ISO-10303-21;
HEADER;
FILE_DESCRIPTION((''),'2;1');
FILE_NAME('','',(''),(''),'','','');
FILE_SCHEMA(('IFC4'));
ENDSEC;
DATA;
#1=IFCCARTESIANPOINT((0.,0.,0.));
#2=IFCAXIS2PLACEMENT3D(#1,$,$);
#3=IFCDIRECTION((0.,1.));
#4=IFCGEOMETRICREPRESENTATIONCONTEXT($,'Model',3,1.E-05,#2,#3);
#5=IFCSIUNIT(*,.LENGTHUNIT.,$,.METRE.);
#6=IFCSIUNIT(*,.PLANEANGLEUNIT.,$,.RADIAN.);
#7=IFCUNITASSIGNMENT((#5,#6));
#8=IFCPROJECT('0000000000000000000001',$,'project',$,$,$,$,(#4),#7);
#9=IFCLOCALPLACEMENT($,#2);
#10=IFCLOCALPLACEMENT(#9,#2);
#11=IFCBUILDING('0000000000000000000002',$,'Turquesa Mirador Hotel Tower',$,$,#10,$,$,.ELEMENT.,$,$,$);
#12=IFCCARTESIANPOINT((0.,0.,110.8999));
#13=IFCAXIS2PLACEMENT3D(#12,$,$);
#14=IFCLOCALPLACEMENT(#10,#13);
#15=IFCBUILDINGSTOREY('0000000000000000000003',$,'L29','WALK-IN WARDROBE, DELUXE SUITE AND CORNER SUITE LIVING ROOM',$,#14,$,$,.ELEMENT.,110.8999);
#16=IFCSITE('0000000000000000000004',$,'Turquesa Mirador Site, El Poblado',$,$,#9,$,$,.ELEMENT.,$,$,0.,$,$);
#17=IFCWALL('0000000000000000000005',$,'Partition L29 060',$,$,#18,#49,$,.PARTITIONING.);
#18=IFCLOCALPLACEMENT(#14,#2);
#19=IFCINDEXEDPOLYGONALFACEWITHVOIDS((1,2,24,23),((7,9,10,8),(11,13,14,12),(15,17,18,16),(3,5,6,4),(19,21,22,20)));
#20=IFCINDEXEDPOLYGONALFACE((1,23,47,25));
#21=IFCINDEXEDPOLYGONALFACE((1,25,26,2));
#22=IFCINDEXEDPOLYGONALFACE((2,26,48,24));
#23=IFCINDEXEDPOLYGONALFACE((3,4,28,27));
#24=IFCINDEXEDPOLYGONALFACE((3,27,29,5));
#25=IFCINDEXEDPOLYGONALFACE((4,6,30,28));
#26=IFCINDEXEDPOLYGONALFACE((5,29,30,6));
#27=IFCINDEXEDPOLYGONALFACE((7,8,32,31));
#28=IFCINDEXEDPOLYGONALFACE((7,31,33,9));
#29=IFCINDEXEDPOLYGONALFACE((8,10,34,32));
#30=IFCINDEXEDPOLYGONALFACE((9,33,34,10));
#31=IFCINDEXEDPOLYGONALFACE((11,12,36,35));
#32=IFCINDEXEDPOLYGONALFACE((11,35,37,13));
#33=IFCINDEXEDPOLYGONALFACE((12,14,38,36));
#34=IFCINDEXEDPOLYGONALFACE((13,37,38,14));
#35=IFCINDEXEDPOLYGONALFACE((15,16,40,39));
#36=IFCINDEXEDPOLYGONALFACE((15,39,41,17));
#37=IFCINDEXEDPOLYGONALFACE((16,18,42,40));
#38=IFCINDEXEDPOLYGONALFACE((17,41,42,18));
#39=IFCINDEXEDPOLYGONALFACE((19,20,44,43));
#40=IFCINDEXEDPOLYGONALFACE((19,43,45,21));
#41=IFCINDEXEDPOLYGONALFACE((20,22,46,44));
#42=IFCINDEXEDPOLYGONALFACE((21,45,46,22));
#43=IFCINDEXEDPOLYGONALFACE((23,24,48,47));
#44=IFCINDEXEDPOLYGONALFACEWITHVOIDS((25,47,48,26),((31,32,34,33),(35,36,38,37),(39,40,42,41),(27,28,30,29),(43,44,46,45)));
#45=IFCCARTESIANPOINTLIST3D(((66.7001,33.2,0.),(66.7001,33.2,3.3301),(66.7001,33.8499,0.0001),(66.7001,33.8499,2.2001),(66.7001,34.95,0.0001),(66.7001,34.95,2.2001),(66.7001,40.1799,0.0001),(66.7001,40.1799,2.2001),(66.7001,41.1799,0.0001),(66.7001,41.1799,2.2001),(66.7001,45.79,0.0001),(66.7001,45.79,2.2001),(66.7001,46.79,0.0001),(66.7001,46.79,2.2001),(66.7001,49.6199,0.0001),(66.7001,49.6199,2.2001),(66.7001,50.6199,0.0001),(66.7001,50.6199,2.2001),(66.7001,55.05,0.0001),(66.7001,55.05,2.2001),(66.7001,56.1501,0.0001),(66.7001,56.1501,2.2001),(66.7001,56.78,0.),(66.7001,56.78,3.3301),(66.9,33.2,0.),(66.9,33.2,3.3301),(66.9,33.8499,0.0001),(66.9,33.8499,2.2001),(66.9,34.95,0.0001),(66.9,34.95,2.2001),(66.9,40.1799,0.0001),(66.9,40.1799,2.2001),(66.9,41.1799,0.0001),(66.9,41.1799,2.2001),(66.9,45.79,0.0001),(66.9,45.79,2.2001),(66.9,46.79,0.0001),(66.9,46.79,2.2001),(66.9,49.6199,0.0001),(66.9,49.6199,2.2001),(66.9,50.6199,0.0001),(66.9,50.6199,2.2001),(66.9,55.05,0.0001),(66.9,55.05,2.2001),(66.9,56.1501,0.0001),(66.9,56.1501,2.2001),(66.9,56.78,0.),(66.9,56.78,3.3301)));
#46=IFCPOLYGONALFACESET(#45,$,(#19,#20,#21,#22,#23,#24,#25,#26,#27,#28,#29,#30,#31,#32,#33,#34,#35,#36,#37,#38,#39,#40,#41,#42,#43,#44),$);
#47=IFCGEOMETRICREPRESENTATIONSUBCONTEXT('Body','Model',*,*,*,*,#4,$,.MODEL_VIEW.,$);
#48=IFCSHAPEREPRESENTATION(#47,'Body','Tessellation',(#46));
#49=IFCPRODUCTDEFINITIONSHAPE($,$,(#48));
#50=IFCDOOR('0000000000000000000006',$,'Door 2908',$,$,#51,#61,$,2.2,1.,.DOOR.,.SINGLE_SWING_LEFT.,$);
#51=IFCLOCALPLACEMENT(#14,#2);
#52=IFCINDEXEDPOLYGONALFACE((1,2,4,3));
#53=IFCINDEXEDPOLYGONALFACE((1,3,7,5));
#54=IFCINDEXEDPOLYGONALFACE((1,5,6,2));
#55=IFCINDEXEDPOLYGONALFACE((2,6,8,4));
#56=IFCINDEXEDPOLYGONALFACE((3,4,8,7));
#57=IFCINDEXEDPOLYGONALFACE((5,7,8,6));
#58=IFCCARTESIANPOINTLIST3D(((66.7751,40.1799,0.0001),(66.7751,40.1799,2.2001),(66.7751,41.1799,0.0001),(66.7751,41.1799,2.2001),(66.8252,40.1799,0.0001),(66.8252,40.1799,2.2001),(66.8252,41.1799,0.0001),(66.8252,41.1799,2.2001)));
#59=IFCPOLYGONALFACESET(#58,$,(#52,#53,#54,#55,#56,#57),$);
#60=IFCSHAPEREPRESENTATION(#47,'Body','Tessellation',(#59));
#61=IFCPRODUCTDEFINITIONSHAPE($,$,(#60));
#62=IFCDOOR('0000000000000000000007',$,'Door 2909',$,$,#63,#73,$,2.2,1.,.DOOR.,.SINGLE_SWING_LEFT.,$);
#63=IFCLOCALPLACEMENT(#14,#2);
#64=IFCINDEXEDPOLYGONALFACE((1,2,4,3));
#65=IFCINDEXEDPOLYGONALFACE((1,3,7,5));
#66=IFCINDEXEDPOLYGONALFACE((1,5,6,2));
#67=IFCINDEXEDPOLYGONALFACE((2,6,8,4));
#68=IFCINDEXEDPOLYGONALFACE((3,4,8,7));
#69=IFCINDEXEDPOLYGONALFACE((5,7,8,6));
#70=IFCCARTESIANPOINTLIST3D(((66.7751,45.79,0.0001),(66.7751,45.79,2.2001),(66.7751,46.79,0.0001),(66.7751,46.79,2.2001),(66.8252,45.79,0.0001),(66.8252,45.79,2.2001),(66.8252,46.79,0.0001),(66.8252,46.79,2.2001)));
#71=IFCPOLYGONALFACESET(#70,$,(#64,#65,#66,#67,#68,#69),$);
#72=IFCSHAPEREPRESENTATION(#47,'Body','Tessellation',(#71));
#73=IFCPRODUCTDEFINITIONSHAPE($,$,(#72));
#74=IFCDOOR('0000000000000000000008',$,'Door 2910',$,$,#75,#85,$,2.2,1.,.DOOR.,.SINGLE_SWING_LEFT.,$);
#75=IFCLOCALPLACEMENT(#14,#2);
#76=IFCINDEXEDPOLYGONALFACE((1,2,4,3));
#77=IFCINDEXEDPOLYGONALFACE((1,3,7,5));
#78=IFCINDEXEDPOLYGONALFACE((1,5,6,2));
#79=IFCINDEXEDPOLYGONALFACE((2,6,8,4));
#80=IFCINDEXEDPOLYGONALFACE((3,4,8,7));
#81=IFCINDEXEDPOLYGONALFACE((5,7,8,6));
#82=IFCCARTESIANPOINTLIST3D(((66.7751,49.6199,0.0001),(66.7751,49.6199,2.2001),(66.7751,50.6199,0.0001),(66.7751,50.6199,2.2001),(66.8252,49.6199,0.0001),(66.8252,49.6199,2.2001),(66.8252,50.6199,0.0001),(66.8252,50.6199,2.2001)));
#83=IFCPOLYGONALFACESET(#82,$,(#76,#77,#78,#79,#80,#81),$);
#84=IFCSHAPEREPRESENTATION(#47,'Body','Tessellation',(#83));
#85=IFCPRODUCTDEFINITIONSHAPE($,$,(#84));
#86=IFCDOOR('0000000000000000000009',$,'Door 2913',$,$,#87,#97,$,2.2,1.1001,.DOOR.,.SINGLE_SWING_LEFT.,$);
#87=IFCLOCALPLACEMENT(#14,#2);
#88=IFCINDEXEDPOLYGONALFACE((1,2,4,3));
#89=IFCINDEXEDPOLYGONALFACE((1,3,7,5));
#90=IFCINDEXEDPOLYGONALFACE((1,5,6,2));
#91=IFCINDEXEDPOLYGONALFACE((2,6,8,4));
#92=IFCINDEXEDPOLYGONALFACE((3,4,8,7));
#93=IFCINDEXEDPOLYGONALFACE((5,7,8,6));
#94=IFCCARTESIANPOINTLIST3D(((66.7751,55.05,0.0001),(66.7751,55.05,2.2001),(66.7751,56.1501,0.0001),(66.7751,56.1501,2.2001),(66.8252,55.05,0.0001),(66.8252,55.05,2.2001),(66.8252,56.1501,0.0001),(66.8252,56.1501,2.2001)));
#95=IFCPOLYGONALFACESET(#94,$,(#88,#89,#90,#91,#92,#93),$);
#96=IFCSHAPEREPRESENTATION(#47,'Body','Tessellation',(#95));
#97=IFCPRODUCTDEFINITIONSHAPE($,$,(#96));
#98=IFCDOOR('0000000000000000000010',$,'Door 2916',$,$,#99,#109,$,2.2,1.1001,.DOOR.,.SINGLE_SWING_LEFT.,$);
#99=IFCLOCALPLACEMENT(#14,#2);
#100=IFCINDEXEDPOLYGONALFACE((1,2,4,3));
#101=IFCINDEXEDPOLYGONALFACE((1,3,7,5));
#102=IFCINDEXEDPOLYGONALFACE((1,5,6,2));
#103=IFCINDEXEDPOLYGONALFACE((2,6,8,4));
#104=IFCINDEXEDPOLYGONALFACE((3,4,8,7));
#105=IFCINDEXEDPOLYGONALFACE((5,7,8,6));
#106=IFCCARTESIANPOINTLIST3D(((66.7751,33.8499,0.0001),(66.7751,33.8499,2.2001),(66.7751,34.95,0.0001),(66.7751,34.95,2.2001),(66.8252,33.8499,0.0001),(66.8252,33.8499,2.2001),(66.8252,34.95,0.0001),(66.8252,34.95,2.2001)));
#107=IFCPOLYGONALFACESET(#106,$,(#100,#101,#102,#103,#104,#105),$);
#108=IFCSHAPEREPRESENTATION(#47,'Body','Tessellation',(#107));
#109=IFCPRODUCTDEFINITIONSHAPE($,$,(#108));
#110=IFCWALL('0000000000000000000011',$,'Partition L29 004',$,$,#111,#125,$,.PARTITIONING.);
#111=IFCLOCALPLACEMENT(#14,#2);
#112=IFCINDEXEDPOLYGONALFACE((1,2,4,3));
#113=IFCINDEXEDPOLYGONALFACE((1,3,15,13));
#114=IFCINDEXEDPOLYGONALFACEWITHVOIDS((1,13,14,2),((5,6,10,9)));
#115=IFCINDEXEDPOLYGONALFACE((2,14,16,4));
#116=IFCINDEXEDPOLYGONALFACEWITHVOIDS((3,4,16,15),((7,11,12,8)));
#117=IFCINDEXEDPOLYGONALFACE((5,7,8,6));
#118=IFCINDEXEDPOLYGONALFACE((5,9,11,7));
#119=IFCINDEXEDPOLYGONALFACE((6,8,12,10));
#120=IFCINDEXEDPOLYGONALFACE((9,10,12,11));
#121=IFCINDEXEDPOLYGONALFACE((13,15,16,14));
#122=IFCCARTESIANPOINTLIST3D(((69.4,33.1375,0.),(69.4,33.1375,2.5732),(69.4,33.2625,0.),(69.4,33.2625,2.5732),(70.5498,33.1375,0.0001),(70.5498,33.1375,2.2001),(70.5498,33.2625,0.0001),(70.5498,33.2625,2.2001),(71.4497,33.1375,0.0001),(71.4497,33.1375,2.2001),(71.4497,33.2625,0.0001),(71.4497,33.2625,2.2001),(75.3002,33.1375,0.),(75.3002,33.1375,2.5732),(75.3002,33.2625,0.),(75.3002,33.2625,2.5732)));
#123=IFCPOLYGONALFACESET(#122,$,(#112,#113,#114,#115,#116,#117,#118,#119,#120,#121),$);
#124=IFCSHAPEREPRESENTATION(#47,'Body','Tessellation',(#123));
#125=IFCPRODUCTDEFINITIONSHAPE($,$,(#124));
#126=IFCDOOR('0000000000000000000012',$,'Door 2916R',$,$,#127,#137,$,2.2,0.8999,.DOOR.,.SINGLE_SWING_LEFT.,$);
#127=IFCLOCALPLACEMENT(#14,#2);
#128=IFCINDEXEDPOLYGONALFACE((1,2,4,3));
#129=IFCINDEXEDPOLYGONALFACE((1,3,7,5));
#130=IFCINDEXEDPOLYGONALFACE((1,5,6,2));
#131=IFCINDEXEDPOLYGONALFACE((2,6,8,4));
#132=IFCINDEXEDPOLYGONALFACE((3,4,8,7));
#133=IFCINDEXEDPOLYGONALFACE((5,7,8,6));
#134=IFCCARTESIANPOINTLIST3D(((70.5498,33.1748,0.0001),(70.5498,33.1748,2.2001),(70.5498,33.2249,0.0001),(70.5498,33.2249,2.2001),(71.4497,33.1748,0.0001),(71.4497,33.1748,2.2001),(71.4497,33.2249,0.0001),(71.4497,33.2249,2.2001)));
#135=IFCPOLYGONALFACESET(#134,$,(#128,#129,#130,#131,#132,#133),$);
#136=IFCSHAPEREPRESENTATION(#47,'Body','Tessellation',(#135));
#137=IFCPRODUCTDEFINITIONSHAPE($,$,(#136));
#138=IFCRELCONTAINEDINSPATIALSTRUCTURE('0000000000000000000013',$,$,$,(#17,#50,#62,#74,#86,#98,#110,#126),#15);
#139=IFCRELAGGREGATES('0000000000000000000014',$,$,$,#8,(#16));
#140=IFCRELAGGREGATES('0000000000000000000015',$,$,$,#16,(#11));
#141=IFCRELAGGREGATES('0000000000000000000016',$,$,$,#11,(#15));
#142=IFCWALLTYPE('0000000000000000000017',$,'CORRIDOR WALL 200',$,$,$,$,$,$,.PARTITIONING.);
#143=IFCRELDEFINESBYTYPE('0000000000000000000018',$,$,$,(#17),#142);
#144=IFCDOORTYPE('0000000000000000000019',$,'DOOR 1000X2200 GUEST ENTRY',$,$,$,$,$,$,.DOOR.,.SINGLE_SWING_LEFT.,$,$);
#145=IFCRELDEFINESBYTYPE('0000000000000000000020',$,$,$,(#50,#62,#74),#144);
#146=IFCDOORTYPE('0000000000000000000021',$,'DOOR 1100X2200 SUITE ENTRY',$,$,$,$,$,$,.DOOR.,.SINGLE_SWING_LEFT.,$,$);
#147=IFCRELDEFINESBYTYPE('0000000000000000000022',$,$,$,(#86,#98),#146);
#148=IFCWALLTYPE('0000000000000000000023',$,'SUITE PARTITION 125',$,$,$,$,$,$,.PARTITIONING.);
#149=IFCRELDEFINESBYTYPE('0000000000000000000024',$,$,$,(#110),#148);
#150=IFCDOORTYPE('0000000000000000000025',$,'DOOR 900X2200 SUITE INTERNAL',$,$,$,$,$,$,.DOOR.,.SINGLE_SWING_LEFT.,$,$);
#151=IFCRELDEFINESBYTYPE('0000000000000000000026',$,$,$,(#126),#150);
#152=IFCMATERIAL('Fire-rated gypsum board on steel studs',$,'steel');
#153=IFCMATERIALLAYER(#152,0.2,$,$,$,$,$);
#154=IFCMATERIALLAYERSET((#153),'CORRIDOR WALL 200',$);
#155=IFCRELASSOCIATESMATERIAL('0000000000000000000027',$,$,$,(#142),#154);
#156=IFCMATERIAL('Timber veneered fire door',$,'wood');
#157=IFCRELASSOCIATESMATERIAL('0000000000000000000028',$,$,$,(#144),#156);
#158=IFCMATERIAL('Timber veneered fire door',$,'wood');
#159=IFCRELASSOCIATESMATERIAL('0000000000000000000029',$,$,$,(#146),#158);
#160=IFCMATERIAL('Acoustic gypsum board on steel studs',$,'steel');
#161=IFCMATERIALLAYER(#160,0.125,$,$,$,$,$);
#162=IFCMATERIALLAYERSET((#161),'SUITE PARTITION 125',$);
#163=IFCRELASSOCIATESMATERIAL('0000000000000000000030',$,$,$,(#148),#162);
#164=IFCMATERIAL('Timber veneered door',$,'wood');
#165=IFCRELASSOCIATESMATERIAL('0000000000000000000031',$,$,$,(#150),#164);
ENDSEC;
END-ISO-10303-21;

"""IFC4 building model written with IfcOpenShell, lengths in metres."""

from ifc_helpers import new_model, si_unit, direction, frame, frame_2d, origin, place, context, subcontext, project, spatial, rectangle, extrude, material, layer, layer_set, type_object, element, fill, save


model = new_model("IFC4")

# Units and contexts
model_context = context("Model", 3, precision=1e-05, world=origin(), true_north=direction((0.0, 1.0)))
body_context = subcontext(model_context, "Body", "Model", "MODEL_VIEW")
ifc_project = project(units=[si_unit("LENGTHUNIT", "METRE"), si_unit("PLANEANGLEUNIT", "RADIAN")], contexts=[model_context])

# Site, building, storey
site_placement = place(None, origin())
site = spatial("IfcSite", under=ifc_project, at=site_placement, Name="Turquesa Mirador Site, El Poblado", CompositionType="ELEMENT", RefElevation=0.0)
building_placement = place(site_placement, origin())
building = spatial("IfcBuilding", under=site, at=building_placement, Name="Turquesa Mirador Hotel Tower", CompositionType="ELEMENT")
storey_placement = place(building_placement, frame((0.0, 0.0, 110.8999)))
storey = spatial("IfcBuildingStorey", under=building, at=storey_placement, Name="L29", Description="WALK-IN WARDROBE, DELUXE SUITE AND CORNER SUITE LIVING ROOM", CompositionType="ELEMENT", Elevation=110.8999)

# Wall, openings, doors
ifc_material_1 = material(Name="Fire-rated gypsum board on steel studs", Category="steel")
ifc_layer_1 = layer(ifc_material_1, 0.2)
ifc_layer_set_1 = layer_set([ifc_layer_1], Name="CORRIDOR WALL 200")
wall_type_1 = type_object("IfcWallType", Name="CORRIDOR WALL 200", PredefinedType="PARTITIONING", material=ifc_layer_set_1)
wall_1_placement = place(storey_placement, frame((66.8, 33.2, 0.0), z_axis=(0.0, 0.0, 1.0), x_axis=(0.0, 1.0, 0.0)))
wall_1 = element("IfcWall", 1, at=wall_1_placement, inside=storey, type_object=wall_type_1, Name="Partition L29 060", PredefinedType="PARTITIONING", context=body_context, shape_type="SweptSolid", body=[
    extrude(rectangle(XDim=23.5801, YDim=0.2, at=frame_2d((11.79, 0.0))), origin(), (0.0, 0.0, 1.0), 3.3301),
])
opening_1_placement = place(wall_1_placement, frame((6.98, 0.0, 0.0)))
opening_1 = element("IfcOpeningElement", 2, at=opening_1_placement, cuts=wall_1, PredefinedType="OPENING", context=body_context, shape_type="SweptSolid", body=[
    extrude(rectangle(XDim=1.0, YDim=2.2, at=frame_2d((0.5, 1.1001))), frame((0.0, 0.1099, 0.0), z_axis=(0.0, -1.0, 0.0), x_axis=(1.0, 0.0, 0.0)), (0.0, 0.0, 1.0), 0.22),
])
opening_2_placement = place(wall_1_placement, frame((12.5901, 0.0, 0.0)))
opening_2 = element("IfcOpeningElement", 3, at=opening_2_placement, cuts=wall_1, PredefinedType="OPENING", context=body_context, shape_type="SweptSolid", body=[
    extrude(rectangle(XDim=1.0, YDim=2.2, at=frame_2d((0.5, 1.1001))), frame((0.0, 0.1099, 0.0), z_axis=(0.0, -1.0, 0.0), x_axis=(1.0, 0.0, 0.0)), (0.0, 0.0, 1.0), 0.22),
])
opening_3_placement = place(wall_1_placement, frame((16.4199, 0.0, 0.0)))
opening_3 = element("IfcOpeningElement", 4, at=opening_3_placement, cuts=wall_1, PredefinedType="OPENING", context=body_context, shape_type="SweptSolid", body=[
    extrude(rectangle(XDim=1.0, YDim=2.2, at=frame_2d((0.5, 1.1001))), frame((0.0, 0.1099, 0.0), z_axis=(0.0, -1.0, 0.0), x_axis=(1.0, 0.0, 0.0)), (0.0, 0.0, 1.0), 0.22),
])
opening_4_placement = place(wall_1_placement, frame((21.8501, 0.0, 0.0)))
opening_4 = element("IfcOpeningElement", 5, at=opening_4_placement, cuts=wall_1, PredefinedType="OPENING", context=body_context, shape_type="SweptSolid", body=[
    extrude(rectangle(XDim=1.1001, YDim=2.2, at=frame_2d((0.55, 1.1001))), frame((0.0, 0.1099, 0.0), z_axis=(0.0, -1.0, 0.0), x_axis=(1.0, 0.0, 0.0)), (0.0, 0.0, 1.0), 0.22),
])
opening_5_placement = place(wall_1_placement, frame((0.6499, 0.0, 0.0)))
opening_5 = element("IfcOpeningElement", 6, at=opening_5_placement, cuts=wall_1, PredefinedType="OPENING", context=body_context, shape_type="SweptSolid", body=[
    extrude(rectangle(XDim=1.1001, YDim=2.2, at=frame_2d((0.55, 1.1001))), frame((0.0, 0.1099, 0.0), z_axis=(0.0, -1.0, 0.0), x_axis=(1.0, 0.0, 0.0)), (0.0, 0.0, 1.0), 0.22),
])
ifc_material_2 = material(Name="Timber veneered fire door", Category="wood")
door_type_1 = type_object("IfcDoorType", Name="DOOR 1000X2200 GUEST ENTRY", OperationType="SINGLE_SWING_LEFT", PredefinedType="DOOR", material=ifc_material_2)
door_1_placement = place(opening_1_placement, origin())
door_1 = element("IfcDoor", 7, at=door_1_placement, inside=storey, type_object=door_type_1, Name="Door 2908", OperationType="SINGLE_SWING_LEFT", OverallHeight=2.2, OverallWidth=1.0, PredefinedType="DOOR", context=body_context, shape_type="SweptSolid", body=[
    extrude(rectangle(XDim=1.0, YDim=2.2, at=frame_2d((0.5, 1.1001))), frame((0.0, 0.0249, 0.0), z_axis=(0.0, -1.0, 0.0), x_axis=(1.0, 0.0, 0.0)), (0.0, 0.0, 1.0), 0.05),
])
fill(opening_1, door_1)
door_2_placement = place(opening_2_placement, origin())
door_2 = element("IfcDoor", 8, at=door_2_placement, inside=storey, type_object=door_type_1, Name="Door 2909", OperationType="SINGLE_SWING_LEFT", OverallHeight=2.2, OverallWidth=1.0, PredefinedType="DOOR", context=body_context, shape_type="SweptSolid", body=[
    extrude(rectangle(XDim=1.0, YDim=2.2, at=frame_2d((0.5, 1.1001))), frame((0.0, 0.0249, 0.0), z_axis=(0.0, -1.0, 0.0), x_axis=(1.0, 0.0, 0.0)), (0.0, 0.0, 1.0), 0.05),
])
fill(opening_2, door_2)
door_3_placement = place(opening_3_placement, origin())
door_3 = element("IfcDoor", 9, at=door_3_placement, inside=storey, type_object=door_type_1, Name="Door 2910", OperationType="SINGLE_SWING_LEFT", OverallHeight=2.2, OverallWidth=1.0, PredefinedType="DOOR", context=body_context, shape_type="SweptSolid", body=[
    extrude(rectangle(XDim=1.0, YDim=2.2, at=frame_2d((0.5, 1.1001))), frame((0.0, 0.0249, 0.0), z_axis=(0.0, -1.0, 0.0), x_axis=(1.0, 0.0, 0.0)), (0.0, 0.0, 1.0), 0.05),
])
fill(opening_3, door_3)
ifc_material_3 = material(Name="Timber veneered fire door", Category="wood")
door_type_2 = type_object("IfcDoorType", Name="DOOR 1100X2200 SUITE ENTRY", OperationType="SINGLE_SWING_LEFT", PredefinedType="DOOR", material=ifc_material_3)
door_4_placement = place(opening_4_placement, origin())
door_4 = element("IfcDoor", 10, at=door_4_placement, inside=storey, type_object=door_type_2, Name="Door 2913", OperationType="SINGLE_SWING_LEFT", OverallHeight=2.2, OverallWidth=1.1001, PredefinedType="DOOR", context=body_context, shape_type="SweptSolid", body=[
    extrude(rectangle(XDim=1.1001, YDim=2.2, at=frame_2d((0.55, 1.1001))), frame((0.0, 0.0249, 0.0), z_axis=(0.0, -1.0, 0.0), x_axis=(1.0, 0.0, 0.0)), (0.0, 0.0, 1.0), 0.05),
])
fill(opening_4, door_4)
door_5_placement = place(opening_5_placement, origin())
door_5 = element("IfcDoor", 11, at=door_5_placement, inside=storey, type_object=door_type_2, Name="Door 2916", OperationType="SINGLE_SWING_LEFT", OverallHeight=2.2, OverallWidth=1.1001, PredefinedType="DOOR", context=body_context, shape_type="SweptSolid", body=[
    extrude(rectangle(XDim=1.1001, YDim=2.2, at=frame_2d((0.55, 1.1001))), frame((0.0, 0.0249, 0.0), z_axis=(0.0, -1.0, 0.0), x_axis=(1.0, 0.0, 0.0)), (0.0, 0.0, 1.0), 0.05),
])
fill(opening_5, door_5)

# Wall, opening, door
ifc_material_4 = material(Name="Acoustic gypsum board on steel studs", Category="steel")
ifc_layer_2 = layer(ifc_material_4, 0.125)
ifc_layer_set_2 = layer_set([ifc_layer_2], Name="SUITE PARTITION 125")
wall_type_2 = type_object("IfcWallType", Name="SUITE PARTITION 125", PredefinedType="PARTITIONING", material=ifc_layer_set_2)
wall_2_placement = place(storey_placement, frame((69.3999, 33.2, 0.0), z_axis=(0.0, 0.0, 1.0), x_axis=(1.0, 0.0, 0.0)))
wall_2 = element("IfcWall", 12, at=wall_2_placement, inside=storey, type_object=wall_type_2, Name="Partition L29 004", PredefinedType="PARTITIONING", context=body_context, shape_type="SweptSolid", body=[
    extrude(rectangle(XDim=5.9001, YDim=0.125, at=frame_2d((2.9502, 0.0))), origin(), (0.0, 0.0, 1.0), 2.5732),
])
opening_6_placement = place(wall_2_placement, frame((1.1499, 0.0, 0.0)))
opening_6 = element("IfcOpeningElement", 13, at=opening_6_placement, cuts=wall_2, PredefinedType="OPENING", context=body_context, shape_type="SweptSolid", body=[
    extrude(rectangle(XDim=0.8999, YDim=2.2, at=frame_2d((0.45, 1.1001))), frame((0.0, 0.0725, 0.0), z_axis=(0.0, -1.0, 0.0), x_axis=(1.0, 0.0, 0.0)), (0.0, 0.0, 1.0), 0.145),
])
ifc_material_5 = material(Name="Timber veneered door", Category="wood")
door_type_3 = type_object("IfcDoorType", Name="DOOR 900X2200 SUITE INTERNAL", OperationType="SINGLE_SWING_LEFT", PredefinedType="DOOR", material=ifc_material_5)
door_6_placement = place(opening_6_placement, origin())
door_6 = element("IfcDoor", 14, at=door_6_placement, inside=storey, type_object=door_type_3, Name="Door 2916R", OperationType="SINGLE_SWING_LEFT", OverallHeight=2.2, OverallWidth=0.8999, PredefinedType="DOOR", context=body_context, shape_type="SweptSolid", body=[
    extrude(rectangle(XDim=0.8999, YDim=2.2, at=frame_2d((0.45, 1.1001))), frame((0.0, 0.0249, 0.0), z_axis=(0.0, -1.0, 0.0), x_axis=(1.0, 0.0, 0.0)), (0.0, 0.0, 1.0), 0.05),
])
fill(opening_6, door_6)

save(model, "model.ifc")
